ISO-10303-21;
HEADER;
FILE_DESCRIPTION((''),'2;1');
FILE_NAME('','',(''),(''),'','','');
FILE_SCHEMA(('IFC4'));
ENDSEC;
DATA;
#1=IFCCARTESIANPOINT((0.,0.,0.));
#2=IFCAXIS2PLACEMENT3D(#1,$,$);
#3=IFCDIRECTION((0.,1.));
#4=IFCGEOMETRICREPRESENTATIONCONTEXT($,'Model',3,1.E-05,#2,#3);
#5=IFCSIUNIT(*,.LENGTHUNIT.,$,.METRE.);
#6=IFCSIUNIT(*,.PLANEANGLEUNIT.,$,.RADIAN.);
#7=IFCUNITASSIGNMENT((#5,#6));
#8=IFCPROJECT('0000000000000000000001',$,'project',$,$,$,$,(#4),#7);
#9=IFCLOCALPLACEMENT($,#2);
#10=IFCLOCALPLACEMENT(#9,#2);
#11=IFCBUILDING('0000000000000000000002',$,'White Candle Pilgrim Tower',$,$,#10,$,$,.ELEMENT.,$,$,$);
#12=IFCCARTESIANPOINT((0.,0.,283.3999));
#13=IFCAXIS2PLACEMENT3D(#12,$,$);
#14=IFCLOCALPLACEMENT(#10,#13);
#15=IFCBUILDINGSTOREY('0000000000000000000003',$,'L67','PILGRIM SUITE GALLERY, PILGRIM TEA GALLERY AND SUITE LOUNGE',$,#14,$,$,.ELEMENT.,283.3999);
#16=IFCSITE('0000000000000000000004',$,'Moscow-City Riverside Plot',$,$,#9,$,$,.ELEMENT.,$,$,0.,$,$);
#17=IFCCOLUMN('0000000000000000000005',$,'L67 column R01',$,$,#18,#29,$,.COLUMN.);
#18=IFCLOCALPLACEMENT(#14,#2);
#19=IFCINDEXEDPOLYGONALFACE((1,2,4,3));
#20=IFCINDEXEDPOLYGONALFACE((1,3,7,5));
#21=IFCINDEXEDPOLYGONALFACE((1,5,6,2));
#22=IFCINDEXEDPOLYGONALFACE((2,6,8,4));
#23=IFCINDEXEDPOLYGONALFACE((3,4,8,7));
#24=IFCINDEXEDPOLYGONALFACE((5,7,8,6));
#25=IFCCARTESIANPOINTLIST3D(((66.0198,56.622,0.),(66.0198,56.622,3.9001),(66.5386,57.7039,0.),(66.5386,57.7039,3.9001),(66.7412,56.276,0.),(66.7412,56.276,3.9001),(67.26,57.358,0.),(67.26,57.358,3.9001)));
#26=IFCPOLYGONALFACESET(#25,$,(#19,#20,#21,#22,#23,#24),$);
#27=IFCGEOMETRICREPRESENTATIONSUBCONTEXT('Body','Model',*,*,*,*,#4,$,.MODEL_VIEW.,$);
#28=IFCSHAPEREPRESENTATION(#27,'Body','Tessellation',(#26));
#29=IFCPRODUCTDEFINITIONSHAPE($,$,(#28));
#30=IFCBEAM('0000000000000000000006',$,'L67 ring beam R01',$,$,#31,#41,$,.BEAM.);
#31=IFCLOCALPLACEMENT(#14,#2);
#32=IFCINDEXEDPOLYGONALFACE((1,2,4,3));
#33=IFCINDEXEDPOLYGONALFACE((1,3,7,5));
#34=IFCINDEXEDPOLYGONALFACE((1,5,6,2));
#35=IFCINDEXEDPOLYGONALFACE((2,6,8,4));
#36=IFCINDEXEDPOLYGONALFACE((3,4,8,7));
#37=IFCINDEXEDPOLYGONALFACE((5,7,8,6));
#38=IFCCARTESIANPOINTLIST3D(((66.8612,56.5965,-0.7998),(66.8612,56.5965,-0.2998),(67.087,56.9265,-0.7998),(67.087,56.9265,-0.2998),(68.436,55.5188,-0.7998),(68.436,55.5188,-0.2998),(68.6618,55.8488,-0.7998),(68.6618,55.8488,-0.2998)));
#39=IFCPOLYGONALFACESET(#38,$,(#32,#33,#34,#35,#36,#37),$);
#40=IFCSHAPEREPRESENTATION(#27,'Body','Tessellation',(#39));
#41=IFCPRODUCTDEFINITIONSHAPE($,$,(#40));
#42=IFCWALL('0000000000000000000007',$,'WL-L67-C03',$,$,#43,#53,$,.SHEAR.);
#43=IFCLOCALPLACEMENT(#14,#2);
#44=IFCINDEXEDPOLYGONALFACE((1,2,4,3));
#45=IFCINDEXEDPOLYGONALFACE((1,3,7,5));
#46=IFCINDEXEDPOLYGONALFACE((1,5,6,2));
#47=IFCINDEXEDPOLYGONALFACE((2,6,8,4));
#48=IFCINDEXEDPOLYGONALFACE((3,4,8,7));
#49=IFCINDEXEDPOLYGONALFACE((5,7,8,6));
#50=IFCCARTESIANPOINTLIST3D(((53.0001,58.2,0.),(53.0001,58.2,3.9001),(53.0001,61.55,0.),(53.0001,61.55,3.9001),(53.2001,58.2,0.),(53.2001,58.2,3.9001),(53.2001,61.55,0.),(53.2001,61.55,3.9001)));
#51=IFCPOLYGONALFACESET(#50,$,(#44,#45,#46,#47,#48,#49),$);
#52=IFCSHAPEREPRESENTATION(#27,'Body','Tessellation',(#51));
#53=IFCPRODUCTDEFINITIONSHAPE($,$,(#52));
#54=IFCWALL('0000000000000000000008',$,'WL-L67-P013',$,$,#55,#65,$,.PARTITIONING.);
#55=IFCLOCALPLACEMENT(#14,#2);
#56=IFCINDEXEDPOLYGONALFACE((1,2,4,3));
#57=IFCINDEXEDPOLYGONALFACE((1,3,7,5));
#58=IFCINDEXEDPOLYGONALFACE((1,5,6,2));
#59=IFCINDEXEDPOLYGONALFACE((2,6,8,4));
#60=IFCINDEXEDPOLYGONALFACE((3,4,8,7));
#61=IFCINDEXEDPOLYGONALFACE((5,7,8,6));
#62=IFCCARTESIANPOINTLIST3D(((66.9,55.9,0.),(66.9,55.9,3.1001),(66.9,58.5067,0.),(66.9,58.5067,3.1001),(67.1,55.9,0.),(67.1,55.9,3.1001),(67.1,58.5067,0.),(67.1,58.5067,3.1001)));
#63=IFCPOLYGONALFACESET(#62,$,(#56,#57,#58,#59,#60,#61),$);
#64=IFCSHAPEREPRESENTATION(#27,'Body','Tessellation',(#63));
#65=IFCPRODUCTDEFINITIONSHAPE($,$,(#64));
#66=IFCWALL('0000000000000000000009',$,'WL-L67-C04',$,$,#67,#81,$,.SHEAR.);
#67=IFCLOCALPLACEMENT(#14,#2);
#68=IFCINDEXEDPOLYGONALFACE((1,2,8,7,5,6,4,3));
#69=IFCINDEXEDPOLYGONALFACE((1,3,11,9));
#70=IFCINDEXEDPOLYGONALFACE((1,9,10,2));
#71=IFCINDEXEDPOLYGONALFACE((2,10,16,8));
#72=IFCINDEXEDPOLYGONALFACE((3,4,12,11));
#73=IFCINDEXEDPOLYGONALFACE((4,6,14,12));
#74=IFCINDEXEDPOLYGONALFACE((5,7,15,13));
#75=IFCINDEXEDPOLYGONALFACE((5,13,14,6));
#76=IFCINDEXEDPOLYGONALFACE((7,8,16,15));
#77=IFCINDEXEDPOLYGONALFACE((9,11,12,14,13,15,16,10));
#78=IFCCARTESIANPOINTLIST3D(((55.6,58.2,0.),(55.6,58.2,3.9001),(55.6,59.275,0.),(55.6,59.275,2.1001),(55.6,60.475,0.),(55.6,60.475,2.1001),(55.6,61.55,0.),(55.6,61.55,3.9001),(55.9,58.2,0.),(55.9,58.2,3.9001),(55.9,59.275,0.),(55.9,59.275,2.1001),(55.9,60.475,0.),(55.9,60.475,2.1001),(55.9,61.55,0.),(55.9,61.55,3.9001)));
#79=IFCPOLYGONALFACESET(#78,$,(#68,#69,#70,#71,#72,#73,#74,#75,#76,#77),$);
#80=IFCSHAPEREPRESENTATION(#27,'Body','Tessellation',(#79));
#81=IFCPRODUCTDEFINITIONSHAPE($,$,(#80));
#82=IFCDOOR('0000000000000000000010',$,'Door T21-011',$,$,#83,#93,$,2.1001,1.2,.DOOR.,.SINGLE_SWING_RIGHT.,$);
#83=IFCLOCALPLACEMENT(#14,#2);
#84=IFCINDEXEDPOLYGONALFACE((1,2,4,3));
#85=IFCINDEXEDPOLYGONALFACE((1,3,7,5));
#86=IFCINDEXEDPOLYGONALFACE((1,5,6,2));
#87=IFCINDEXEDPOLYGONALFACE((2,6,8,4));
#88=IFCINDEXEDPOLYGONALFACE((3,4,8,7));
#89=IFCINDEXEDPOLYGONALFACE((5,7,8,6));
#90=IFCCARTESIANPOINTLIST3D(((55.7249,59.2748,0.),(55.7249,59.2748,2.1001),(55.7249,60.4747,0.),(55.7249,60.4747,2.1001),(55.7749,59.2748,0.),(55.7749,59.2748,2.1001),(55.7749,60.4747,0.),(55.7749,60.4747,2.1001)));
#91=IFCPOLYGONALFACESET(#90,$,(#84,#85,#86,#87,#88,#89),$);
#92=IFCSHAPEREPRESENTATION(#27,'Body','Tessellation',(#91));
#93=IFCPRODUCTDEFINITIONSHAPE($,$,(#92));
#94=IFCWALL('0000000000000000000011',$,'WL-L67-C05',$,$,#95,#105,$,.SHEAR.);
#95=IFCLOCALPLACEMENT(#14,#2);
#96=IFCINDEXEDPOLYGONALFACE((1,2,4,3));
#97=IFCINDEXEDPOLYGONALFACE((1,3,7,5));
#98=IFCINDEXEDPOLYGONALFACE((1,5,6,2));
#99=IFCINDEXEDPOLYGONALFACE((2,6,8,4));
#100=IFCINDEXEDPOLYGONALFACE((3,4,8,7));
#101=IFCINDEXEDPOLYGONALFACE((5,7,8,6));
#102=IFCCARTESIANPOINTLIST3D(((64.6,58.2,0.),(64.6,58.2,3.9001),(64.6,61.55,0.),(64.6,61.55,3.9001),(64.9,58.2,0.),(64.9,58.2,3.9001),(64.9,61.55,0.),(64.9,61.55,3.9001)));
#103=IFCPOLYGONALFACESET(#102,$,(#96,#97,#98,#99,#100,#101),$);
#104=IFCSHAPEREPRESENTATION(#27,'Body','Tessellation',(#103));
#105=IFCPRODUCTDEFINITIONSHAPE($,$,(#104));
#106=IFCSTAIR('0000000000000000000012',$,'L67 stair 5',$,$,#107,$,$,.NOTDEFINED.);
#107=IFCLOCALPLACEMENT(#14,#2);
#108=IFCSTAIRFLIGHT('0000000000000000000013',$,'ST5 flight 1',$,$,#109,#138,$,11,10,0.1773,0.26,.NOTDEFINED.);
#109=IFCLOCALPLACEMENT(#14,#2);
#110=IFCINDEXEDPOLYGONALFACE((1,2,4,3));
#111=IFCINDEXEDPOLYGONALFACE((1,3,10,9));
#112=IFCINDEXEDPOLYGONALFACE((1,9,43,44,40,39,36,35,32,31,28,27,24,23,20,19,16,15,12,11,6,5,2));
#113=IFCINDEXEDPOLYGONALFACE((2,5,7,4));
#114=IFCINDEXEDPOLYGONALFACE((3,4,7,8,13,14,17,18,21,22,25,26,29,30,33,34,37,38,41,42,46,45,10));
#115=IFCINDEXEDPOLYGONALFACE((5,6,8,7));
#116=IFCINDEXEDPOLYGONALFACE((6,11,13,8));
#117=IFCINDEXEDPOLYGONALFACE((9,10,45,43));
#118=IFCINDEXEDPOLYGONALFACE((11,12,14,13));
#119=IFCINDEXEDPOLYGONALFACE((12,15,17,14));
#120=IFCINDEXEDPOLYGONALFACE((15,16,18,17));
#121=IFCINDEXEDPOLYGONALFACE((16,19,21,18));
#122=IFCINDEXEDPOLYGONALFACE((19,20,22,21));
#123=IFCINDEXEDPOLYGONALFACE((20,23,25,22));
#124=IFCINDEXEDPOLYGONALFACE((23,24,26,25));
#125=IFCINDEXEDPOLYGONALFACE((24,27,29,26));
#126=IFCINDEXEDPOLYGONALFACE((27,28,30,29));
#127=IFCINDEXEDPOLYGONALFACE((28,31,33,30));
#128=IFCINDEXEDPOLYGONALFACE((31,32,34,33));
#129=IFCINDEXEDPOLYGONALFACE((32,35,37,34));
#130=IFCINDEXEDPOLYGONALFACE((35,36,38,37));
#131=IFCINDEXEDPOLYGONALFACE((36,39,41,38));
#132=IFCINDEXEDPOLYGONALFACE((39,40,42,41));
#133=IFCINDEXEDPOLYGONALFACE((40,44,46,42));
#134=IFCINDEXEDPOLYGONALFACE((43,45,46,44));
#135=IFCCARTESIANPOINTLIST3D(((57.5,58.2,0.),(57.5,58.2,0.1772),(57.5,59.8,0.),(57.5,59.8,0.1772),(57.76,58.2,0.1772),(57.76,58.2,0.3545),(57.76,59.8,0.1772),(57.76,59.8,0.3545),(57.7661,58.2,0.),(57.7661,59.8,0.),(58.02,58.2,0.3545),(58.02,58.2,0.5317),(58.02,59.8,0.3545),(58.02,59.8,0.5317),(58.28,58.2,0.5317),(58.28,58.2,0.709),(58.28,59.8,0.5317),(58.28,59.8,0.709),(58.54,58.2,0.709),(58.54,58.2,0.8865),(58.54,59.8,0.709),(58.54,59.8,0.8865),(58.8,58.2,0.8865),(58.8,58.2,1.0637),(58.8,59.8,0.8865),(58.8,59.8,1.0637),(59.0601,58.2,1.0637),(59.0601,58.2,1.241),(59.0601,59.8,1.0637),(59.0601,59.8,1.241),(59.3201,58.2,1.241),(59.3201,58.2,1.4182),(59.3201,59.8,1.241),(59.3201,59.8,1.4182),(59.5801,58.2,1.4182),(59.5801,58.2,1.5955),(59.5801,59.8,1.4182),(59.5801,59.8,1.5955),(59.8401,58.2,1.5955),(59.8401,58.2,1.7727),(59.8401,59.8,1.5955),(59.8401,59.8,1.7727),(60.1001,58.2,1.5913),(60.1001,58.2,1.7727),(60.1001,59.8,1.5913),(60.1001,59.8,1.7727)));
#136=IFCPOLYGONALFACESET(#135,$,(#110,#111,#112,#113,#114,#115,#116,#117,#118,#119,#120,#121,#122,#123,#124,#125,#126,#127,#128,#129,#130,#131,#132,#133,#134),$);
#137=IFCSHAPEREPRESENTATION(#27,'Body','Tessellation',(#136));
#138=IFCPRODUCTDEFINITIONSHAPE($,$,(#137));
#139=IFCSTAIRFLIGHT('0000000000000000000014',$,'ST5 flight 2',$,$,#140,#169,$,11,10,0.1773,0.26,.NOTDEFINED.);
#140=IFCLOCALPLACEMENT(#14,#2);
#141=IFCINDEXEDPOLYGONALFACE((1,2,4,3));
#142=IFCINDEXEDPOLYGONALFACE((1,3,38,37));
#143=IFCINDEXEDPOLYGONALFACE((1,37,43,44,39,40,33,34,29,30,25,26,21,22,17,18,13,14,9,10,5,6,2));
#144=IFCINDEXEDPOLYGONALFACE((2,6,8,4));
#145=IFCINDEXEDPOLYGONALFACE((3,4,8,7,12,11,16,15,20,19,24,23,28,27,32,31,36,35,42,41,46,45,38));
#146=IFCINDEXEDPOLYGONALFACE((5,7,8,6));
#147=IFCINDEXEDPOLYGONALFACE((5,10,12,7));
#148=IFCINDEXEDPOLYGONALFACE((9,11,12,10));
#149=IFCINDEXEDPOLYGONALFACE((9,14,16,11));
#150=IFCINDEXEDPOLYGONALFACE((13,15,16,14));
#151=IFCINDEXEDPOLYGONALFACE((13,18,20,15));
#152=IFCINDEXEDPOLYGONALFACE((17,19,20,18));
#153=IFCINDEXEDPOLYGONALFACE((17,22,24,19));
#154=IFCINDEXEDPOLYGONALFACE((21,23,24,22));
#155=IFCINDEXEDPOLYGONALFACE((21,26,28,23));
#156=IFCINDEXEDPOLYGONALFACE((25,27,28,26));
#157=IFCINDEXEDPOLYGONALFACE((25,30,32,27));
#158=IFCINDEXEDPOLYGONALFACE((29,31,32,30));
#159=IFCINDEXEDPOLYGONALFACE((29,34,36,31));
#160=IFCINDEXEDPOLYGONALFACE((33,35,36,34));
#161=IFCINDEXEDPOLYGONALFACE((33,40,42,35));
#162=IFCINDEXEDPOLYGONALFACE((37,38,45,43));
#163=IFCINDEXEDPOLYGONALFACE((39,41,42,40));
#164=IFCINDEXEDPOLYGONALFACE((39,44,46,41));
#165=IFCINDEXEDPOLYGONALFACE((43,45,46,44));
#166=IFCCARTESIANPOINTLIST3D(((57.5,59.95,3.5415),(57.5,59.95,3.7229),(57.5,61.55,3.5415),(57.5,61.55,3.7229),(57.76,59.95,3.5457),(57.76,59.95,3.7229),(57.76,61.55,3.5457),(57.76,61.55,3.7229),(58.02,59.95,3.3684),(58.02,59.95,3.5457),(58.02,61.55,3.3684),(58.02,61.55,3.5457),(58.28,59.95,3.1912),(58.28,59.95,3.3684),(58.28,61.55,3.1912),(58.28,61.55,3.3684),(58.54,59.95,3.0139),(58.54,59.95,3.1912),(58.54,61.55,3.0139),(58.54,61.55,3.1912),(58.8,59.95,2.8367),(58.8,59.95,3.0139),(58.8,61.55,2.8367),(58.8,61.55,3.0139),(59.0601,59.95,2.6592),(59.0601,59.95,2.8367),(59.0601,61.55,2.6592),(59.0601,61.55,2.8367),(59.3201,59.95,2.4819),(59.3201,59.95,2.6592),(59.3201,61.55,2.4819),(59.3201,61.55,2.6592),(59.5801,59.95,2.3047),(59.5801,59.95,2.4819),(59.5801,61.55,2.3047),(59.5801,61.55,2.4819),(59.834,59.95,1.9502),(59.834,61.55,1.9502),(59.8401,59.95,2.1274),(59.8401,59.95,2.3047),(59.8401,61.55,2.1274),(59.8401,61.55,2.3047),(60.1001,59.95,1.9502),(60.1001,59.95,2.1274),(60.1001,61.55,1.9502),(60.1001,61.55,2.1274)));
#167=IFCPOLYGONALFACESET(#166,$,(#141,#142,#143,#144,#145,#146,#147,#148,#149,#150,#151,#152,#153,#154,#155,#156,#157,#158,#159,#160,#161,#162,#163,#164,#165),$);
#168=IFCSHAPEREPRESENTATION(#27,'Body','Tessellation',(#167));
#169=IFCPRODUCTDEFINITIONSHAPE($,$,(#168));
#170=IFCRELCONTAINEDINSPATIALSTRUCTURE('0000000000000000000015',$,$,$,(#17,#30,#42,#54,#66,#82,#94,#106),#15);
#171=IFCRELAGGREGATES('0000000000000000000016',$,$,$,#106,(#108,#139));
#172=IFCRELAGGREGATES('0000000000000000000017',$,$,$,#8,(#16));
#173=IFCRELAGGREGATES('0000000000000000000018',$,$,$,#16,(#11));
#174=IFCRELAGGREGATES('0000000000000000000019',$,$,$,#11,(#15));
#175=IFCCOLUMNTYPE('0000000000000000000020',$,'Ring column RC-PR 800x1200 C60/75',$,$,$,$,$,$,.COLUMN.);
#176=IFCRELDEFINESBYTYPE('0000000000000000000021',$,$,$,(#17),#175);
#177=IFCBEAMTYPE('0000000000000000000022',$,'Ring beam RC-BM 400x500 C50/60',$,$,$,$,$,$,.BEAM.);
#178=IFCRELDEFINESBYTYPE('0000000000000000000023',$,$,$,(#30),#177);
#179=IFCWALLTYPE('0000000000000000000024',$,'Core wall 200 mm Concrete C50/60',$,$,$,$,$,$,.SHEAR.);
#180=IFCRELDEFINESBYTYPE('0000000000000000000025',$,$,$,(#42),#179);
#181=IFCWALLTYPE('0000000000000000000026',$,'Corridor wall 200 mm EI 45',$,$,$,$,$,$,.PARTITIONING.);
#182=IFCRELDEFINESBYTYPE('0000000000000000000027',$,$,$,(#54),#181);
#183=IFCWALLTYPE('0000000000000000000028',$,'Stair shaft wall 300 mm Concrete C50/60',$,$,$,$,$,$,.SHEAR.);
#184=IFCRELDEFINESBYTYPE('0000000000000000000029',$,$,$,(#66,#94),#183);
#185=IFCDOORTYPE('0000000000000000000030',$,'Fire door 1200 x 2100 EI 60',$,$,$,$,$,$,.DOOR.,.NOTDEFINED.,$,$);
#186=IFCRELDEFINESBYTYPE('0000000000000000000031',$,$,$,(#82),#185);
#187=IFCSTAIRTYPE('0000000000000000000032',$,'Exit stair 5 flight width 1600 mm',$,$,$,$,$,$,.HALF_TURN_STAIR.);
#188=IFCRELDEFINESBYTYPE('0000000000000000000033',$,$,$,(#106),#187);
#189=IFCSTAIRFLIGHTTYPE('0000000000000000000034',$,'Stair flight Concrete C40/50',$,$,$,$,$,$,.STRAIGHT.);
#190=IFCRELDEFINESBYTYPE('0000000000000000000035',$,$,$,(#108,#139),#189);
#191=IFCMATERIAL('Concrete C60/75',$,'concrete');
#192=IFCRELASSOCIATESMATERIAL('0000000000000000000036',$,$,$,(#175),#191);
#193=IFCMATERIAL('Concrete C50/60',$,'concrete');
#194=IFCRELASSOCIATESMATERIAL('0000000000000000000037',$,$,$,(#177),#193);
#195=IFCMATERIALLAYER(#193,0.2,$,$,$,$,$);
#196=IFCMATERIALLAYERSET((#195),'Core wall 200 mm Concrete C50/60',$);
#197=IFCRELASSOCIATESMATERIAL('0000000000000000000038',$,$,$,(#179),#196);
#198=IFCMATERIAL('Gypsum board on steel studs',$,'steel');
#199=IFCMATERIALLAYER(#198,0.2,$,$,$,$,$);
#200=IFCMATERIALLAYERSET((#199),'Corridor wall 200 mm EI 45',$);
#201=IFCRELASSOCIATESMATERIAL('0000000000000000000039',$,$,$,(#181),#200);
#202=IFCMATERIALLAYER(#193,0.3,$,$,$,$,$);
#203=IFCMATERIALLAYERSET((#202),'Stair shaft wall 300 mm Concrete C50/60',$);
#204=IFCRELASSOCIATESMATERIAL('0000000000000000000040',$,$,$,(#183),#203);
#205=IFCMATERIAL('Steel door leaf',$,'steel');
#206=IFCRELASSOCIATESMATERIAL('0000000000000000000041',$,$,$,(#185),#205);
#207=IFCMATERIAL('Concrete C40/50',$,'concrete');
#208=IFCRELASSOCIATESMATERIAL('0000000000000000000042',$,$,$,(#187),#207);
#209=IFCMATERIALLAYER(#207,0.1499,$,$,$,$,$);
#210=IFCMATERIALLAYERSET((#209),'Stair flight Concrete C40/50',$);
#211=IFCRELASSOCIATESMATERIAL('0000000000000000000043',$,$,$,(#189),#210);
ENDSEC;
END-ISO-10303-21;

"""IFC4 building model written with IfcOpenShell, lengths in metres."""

from ifc_helpers import new_model, si_unit, direction, frame, frame_2d, origin, origin_2d, place, context, subcontext, project, spatial, polyline, rectangle, outline, extrude, material, layer, layer_set, material_profile, profile_set, type_object, element, fill, aggregate, save


model = new_model("IFC4")

# Units and contexts
model_context = context("Model", 3, precision=1e-05, world=origin(), true_north=direction((0.0, 1.0)))
body_context = subcontext(model_context, "Body", "Model", "MODEL_VIEW")
ifc_project = project(units=[si_unit("LENGTHUNIT", "METRE"), si_unit("PLANEANGLEUNIT", "RADIAN")], contexts=[model_context])

# Site, building, storey
site_placement = place(None, origin())
site = spatial("IfcSite", under=ifc_project, at=site_placement, Name="Moscow-City Riverside Plot", CompositionType="ELEMENT", RefElevation=0.0)
building_placement = place(site_placement, origin())
building = spatial("IfcBuilding", under=site, at=building_placement, Name="White Candle Pilgrim Tower", CompositionType="ELEMENT")
storey_placement = place(building_placement, frame((0.0, 0.0, 283.3999)))
storey = spatial("IfcBuildingStorey", under=building, at=storey_placement, Name="L67", Description="PILGRIM SUITE GALLERY, PILGRIM TEA GALLERY AND SUITE LOUNGE", CompositionType="ELEMENT", Elevation=283.3999)

# Column
ifc_material_1 = material(Name="Concrete C60/75", Category="concrete")
ifc_material_profile_1 = material_profile(ifc_material_1, rectangle(XDim=0.8, YDim=1.2, at=origin_2d()), Name="RC-PR 800x1200")
ifc_profile_set_1 = profile_set([ifc_material_profile_1], Name="Concrete C60/75")
column_type = type_object("IfcColumnType", Name="Ring column RC-PR 800x1200 C60/75", PredefinedType="COLUMN", material=ifc_profile_set_1)
column_placement = place(storey_placement, frame((66.6399, 56.99, 0.0), z_axis=(0.0, 0.0, 1.0), x_axis=(-0.901689, 0.432385, 0.0)))
element("IfcColumn", 1, at=column_placement, inside=storey, type_object=column_type, Name="L67 column R01", PredefinedType="COLUMN", context=body_context, shape_type="SweptSolid", body=[
    extrude(rectangle(XDim=0.8, YDim=1.2, at=origin_2d()), origin(), (0.0, 0.0, 1.0), 3.9001),
])

# Beam
ifc_material_2 = material(Name="Concrete C50/60", Category="concrete")
ifc_material_profile_2 = material_profile(ifc_material_2, rectangle(XDim=0.3999, YDim=0.5, at=origin_2d()), Name="RC-BM 400x500")
ifc_profile_set_2 = profile_set([ifc_material_profile_2], Name="Concrete C50/60")
beam_type = type_object("IfcBeamType", Name="Ring beam RC-BM 400x500 C50/60", PredefinedType="BEAM", material=ifc_profile_set_2)
beam_placement = place(storey_placement, frame((66.9741, 56.7615, -0.5498), z_axis=(0.825257, -0.564757, 0.0), x_axis=(0.564757, 0.825257, 0.0)))
element("IfcBeam", 2, at=beam_placement, inside=storey, type_object=beam_type, Name="L67 ring beam R01", PredefinedType="BEAM", context=body_context, shape_type="SweptSolid", body=[
    extrude(rectangle(XDim=0.3999, YDim=0.5, at=origin_2d()), origin(), (0.0, 0.0, 1.0), 1.9082),
])

# Walls
ifc_layer_1 = layer(ifc_material_2, 0.2)
ifc_layer_set_1 = layer_set([ifc_layer_1], Name="Core wall 200 mm Concrete C50/60")
wall_type_1 = type_object("IfcWallType", Name="Core wall 200 mm Concrete C50/60", PredefinedType="SHEAR", material=ifc_layer_set_1)
wall_1_placement = place(storey_placement, frame((53.1001, 58.2, 0.0), z_axis=(0.0, 0.0, 1.0), x_axis=(0.0, 1.0, 0.0)))
element("IfcWall", 3, at=wall_1_placement, inside=storey, type_object=wall_type_1, Name="WL-L67-C03", PredefinedType="SHEAR", context=body_context, shape_type="SweptSolid", body=[
    extrude(rectangle(XDim=3.3501, YDim=0.2, at=frame_2d((1.675, 0.0))), origin(), (0.0, 0.0, 1.0), 3.9001),
])
ifc_material_3 = material(Name="Gypsum board on steel studs", Category="steel")
ifc_layer_2 = layer(ifc_material_3, 0.2)
ifc_layer_set_2 = layer_set([ifc_layer_2], Name="Corridor wall 200 mm EI 45")
wall_type_2 = type_object("IfcWallType", Name="Corridor wall 200 mm EI 45", PredefinedType="PARTITIONING", material=ifc_layer_set_2)
wall_2_placement = place(storey_placement, frame((67.0, 58.5066, 0.0), z_axis=(0.0, 0.0, 1.0), x_axis=(0.0, -1.0, 0.0)))
element("IfcWall", 4, at=wall_2_placement, inside=storey, type_object=wall_type_2, Name="WL-L67-P013", PredefinedType="PARTITIONING", context=body_context, shape_type="SweptSolid", body=[
    extrude(rectangle(XDim=2.6067, YDim=0.2, at=frame_2d((1.3032, 0.0))), origin(), (0.0, 0.0, 1.0), 3.1001),
])

# Wall, opening, door
ifc_layer_3 = layer(ifc_material_2, 0.3)
ifc_layer_set_3 = layer_set([ifc_layer_3], Name="Stair shaft wall 300 mm Concrete C50/60")
wall_type_3 = type_object("IfcWallType", Name="Stair shaft wall 300 mm Concrete C50/60", PredefinedType="SHEAR", material=ifc_layer_set_3)
wall_3_placement = place(storey_placement, frame((55.75, 58.2, 0.0), z_axis=(0.0, 0.0, 1.0), x_axis=(0.0, 1.0, 0.0)))
wall_3 = element("IfcWall", 5, at=wall_3_placement, inside=storey, type_object=wall_type_3, Name="WL-L67-C04", PredefinedType="SHEAR", context=body_context, shape_type="SweptSolid", body=[
    extrude(rectangle(XDim=3.3501, YDim=0.3, at=frame_2d((1.675, 0.0))), origin(), (0.0, 0.0, 1.0), 3.9001),
])
opening_placement = place(wall_3_placement, frame((1.075, 0.0, 0.0)))
opening = element("IfcOpeningElement", 6, at=opening_placement, cuts=wall_3, PredefinedType="OPENING", context=body_context, shape_type="SweptSolid", body=[
    extrude(rectangle(XDim=1.2, YDim=2.1001, at=frame_2d((0.6001, 1.05))), frame((0.0, 0.1599, 0.0), z_axis=(0.0, -1.0, 0.0), x_axis=(1.0, 0.0, 0.0)), (0.0, 0.0, 1.0), 0.3201),
])
ifc_material_4 = material(Name="Steel door leaf", Category="steel")
door_type = type_object("IfcDoorType", Name="Fire door 1200 x 2100 EI 60", OperationType="NOTDEFINED", PredefinedType="DOOR", material=ifc_material_4)
door_placement = place(opening_placement, frame((1.2, 0.0, 0.0), z_axis=(0.0, 0.0, 1.0), x_axis=(-1.0, 0.0, 0.0)))
door = element("IfcDoor", 7, at=door_placement, inside=storey, type_object=door_type, Name="Door T21-011", OperationType="SINGLE_SWING_RIGHT", OverallHeight=2.1001, OverallWidth=1.2, PredefinedType="DOOR", context=body_context, shape_type="SweptSolid", body=[
    extrude(rectangle(XDim=1.2, YDim=2.1001, at=frame_2d((0.6001, 1.05))), frame((0.0, 0.0249, 0.0), z_axis=(0.0, -1.0, 0.0), x_axis=(1.0, 0.0, 0.0)), (0.0, 0.0, 1.0), 0.05),
])
fill(opening, door)

# Wall
wall_4_placement = place(storey_placement, frame((64.75, 58.2, 0.0), z_axis=(0.0, 0.0, 1.0), x_axis=(0.0, 1.0, 0.0)))
element("IfcWall", 8, at=wall_4_placement, inside=storey, type_object=wall_type_3, Name="WL-L67-C05", PredefinedType="SHEAR", context=body_context, shape_type="SweptSolid", body=[
    extrude(rectangle(XDim=3.3501, YDim=0.3, at=frame_2d((1.675, 0.0))), origin(), (0.0, 0.0, 1.0), 3.9001),
])

# Stair, stair flights
ifc_material_5 = material(Name="Concrete C40/50", Category="concrete")
stair_type = type_object("IfcStairType", Name="Exit stair 5 flight width 1600 mm", PredefinedType="HALF_TURN_STAIR", material=ifc_material_5)
stair_placement = place(storey_placement, origin())
stair = element("IfcStair", 9, at=stair_placement, inside=storey, type_object=stair_type, Name="L67 stair 5", PredefinedType="NOTDEFINED")
ifc_layer_4 = layer(ifc_material_5, 0.1499)
ifc_layer_set_4 = layer_set([ifc_layer_4], Name="Stair flight Concrete C40/50")
stair_flight_type = type_object("IfcStairFlightType", Name="Stair flight Concrete C40/50", PredefinedType="STRAIGHT", material=ifc_layer_set_4)
stair_flight_1_placement = place(storey_placement, frame((57.5, 59.0, 0.0), z_axis=(0.0, 0.0, 1.0), x_axis=(1.0, 0.0, 0.0)))
stair_flight_1 = element("IfcStairFlight", 10, at=stair_flight_1_placement, type_object=stair_flight_type, Name="ST5 flight 1", NumberOfRisers=11, NumberOfTreads=10, PredefinedType="NOTDEFINED", RiserHeight=0.1773, TreadLength=0.26, context=body_context, shape_type="SweptSolid", body=[
    extrude(outline(polyline([(0.0, 0.0), (0.0, 0.1772), (0.26, 0.1772), (0.26, 0.3545), (0.52, 0.3545), (0.52, 0.5317), (0.78, 0.5317), (0.78, 0.709), (1.04, 0.709), (1.04, 0.8865), (1.3, 0.8865), (1.3, 1.0637), (1.5601, 1.0637), (1.5601, 1.241), (1.8201, 1.241), (1.8201, 1.4182), (2.0801, 1.4182), (2.0801, 1.5955), (2.3401, 1.5955), (2.3401, 1.7727), (2.6001, 1.7727), (2.6001, 1.95), (2.6001, 1.5913), (0.2661, 0.0), (0.0, 0.0)])), frame((0.0, 0.8, 0.0), z_axis=(0.0, -1.0, 0.0), x_axis=(1.0, 0.0, 0.0)), (0.0, 0.0, 1.0), 1.6001),
])
stair_flight_2_placement = place(storey_placement, frame((60.1001, 60.75, 1.9502), z_axis=(0.0, 0.0, 1.0), x_axis=(-1.0, 0.0, 0.0)))
stair_flight_2 = element("IfcStairFlight", 11, at=stair_flight_2_placement, type_object=stair_flight_type, Name="ST5 flight 2", NumberOfRisers=11, NumberOfTreads=10, PredefinedType="NOTDEFINED", RiserHeight=0.1773, TreadLength=0.26, context=body_context, shape_type="SweptSolid", body=[
    extrude(outline(polyline([(0.0, 0.0), (0.0, 0.1772), (0.26, 0.1772), (0.26, 0.3545), (0.52, 0.3545), (0.52, 0.5317), (0.78, 0.5317), (0.78, 0.709), (1.04, 0.709), (1.04, 0.8865), (1.3, 0.8865), (1.3, 1.0637), (1.5601, 1.0637), (1.5601, 1.241), (1.8201, 1.241), (1.8201, 1.4182), (2.0801, 1.4182), (2.0801, 1.5955), (2.3401, 1.5955), (2.3401, 1.7727), (2.6001, 1.7727), (2.6001, 1.95), (2.6001, 1.5913), (0.2661, 0.0), (0.0, 0.0)])), frame((0.0, 0.8, 0.0), z_axis=(0.0, -1.0, 0.0), x_axis=(1.0, 0.0, 0.0)), (0.0, 0.0, 1.0), 1.6001),
])
aggregate(stair, [stair_flight_1, stair_flight_2])

save(model, "model.ifc")
